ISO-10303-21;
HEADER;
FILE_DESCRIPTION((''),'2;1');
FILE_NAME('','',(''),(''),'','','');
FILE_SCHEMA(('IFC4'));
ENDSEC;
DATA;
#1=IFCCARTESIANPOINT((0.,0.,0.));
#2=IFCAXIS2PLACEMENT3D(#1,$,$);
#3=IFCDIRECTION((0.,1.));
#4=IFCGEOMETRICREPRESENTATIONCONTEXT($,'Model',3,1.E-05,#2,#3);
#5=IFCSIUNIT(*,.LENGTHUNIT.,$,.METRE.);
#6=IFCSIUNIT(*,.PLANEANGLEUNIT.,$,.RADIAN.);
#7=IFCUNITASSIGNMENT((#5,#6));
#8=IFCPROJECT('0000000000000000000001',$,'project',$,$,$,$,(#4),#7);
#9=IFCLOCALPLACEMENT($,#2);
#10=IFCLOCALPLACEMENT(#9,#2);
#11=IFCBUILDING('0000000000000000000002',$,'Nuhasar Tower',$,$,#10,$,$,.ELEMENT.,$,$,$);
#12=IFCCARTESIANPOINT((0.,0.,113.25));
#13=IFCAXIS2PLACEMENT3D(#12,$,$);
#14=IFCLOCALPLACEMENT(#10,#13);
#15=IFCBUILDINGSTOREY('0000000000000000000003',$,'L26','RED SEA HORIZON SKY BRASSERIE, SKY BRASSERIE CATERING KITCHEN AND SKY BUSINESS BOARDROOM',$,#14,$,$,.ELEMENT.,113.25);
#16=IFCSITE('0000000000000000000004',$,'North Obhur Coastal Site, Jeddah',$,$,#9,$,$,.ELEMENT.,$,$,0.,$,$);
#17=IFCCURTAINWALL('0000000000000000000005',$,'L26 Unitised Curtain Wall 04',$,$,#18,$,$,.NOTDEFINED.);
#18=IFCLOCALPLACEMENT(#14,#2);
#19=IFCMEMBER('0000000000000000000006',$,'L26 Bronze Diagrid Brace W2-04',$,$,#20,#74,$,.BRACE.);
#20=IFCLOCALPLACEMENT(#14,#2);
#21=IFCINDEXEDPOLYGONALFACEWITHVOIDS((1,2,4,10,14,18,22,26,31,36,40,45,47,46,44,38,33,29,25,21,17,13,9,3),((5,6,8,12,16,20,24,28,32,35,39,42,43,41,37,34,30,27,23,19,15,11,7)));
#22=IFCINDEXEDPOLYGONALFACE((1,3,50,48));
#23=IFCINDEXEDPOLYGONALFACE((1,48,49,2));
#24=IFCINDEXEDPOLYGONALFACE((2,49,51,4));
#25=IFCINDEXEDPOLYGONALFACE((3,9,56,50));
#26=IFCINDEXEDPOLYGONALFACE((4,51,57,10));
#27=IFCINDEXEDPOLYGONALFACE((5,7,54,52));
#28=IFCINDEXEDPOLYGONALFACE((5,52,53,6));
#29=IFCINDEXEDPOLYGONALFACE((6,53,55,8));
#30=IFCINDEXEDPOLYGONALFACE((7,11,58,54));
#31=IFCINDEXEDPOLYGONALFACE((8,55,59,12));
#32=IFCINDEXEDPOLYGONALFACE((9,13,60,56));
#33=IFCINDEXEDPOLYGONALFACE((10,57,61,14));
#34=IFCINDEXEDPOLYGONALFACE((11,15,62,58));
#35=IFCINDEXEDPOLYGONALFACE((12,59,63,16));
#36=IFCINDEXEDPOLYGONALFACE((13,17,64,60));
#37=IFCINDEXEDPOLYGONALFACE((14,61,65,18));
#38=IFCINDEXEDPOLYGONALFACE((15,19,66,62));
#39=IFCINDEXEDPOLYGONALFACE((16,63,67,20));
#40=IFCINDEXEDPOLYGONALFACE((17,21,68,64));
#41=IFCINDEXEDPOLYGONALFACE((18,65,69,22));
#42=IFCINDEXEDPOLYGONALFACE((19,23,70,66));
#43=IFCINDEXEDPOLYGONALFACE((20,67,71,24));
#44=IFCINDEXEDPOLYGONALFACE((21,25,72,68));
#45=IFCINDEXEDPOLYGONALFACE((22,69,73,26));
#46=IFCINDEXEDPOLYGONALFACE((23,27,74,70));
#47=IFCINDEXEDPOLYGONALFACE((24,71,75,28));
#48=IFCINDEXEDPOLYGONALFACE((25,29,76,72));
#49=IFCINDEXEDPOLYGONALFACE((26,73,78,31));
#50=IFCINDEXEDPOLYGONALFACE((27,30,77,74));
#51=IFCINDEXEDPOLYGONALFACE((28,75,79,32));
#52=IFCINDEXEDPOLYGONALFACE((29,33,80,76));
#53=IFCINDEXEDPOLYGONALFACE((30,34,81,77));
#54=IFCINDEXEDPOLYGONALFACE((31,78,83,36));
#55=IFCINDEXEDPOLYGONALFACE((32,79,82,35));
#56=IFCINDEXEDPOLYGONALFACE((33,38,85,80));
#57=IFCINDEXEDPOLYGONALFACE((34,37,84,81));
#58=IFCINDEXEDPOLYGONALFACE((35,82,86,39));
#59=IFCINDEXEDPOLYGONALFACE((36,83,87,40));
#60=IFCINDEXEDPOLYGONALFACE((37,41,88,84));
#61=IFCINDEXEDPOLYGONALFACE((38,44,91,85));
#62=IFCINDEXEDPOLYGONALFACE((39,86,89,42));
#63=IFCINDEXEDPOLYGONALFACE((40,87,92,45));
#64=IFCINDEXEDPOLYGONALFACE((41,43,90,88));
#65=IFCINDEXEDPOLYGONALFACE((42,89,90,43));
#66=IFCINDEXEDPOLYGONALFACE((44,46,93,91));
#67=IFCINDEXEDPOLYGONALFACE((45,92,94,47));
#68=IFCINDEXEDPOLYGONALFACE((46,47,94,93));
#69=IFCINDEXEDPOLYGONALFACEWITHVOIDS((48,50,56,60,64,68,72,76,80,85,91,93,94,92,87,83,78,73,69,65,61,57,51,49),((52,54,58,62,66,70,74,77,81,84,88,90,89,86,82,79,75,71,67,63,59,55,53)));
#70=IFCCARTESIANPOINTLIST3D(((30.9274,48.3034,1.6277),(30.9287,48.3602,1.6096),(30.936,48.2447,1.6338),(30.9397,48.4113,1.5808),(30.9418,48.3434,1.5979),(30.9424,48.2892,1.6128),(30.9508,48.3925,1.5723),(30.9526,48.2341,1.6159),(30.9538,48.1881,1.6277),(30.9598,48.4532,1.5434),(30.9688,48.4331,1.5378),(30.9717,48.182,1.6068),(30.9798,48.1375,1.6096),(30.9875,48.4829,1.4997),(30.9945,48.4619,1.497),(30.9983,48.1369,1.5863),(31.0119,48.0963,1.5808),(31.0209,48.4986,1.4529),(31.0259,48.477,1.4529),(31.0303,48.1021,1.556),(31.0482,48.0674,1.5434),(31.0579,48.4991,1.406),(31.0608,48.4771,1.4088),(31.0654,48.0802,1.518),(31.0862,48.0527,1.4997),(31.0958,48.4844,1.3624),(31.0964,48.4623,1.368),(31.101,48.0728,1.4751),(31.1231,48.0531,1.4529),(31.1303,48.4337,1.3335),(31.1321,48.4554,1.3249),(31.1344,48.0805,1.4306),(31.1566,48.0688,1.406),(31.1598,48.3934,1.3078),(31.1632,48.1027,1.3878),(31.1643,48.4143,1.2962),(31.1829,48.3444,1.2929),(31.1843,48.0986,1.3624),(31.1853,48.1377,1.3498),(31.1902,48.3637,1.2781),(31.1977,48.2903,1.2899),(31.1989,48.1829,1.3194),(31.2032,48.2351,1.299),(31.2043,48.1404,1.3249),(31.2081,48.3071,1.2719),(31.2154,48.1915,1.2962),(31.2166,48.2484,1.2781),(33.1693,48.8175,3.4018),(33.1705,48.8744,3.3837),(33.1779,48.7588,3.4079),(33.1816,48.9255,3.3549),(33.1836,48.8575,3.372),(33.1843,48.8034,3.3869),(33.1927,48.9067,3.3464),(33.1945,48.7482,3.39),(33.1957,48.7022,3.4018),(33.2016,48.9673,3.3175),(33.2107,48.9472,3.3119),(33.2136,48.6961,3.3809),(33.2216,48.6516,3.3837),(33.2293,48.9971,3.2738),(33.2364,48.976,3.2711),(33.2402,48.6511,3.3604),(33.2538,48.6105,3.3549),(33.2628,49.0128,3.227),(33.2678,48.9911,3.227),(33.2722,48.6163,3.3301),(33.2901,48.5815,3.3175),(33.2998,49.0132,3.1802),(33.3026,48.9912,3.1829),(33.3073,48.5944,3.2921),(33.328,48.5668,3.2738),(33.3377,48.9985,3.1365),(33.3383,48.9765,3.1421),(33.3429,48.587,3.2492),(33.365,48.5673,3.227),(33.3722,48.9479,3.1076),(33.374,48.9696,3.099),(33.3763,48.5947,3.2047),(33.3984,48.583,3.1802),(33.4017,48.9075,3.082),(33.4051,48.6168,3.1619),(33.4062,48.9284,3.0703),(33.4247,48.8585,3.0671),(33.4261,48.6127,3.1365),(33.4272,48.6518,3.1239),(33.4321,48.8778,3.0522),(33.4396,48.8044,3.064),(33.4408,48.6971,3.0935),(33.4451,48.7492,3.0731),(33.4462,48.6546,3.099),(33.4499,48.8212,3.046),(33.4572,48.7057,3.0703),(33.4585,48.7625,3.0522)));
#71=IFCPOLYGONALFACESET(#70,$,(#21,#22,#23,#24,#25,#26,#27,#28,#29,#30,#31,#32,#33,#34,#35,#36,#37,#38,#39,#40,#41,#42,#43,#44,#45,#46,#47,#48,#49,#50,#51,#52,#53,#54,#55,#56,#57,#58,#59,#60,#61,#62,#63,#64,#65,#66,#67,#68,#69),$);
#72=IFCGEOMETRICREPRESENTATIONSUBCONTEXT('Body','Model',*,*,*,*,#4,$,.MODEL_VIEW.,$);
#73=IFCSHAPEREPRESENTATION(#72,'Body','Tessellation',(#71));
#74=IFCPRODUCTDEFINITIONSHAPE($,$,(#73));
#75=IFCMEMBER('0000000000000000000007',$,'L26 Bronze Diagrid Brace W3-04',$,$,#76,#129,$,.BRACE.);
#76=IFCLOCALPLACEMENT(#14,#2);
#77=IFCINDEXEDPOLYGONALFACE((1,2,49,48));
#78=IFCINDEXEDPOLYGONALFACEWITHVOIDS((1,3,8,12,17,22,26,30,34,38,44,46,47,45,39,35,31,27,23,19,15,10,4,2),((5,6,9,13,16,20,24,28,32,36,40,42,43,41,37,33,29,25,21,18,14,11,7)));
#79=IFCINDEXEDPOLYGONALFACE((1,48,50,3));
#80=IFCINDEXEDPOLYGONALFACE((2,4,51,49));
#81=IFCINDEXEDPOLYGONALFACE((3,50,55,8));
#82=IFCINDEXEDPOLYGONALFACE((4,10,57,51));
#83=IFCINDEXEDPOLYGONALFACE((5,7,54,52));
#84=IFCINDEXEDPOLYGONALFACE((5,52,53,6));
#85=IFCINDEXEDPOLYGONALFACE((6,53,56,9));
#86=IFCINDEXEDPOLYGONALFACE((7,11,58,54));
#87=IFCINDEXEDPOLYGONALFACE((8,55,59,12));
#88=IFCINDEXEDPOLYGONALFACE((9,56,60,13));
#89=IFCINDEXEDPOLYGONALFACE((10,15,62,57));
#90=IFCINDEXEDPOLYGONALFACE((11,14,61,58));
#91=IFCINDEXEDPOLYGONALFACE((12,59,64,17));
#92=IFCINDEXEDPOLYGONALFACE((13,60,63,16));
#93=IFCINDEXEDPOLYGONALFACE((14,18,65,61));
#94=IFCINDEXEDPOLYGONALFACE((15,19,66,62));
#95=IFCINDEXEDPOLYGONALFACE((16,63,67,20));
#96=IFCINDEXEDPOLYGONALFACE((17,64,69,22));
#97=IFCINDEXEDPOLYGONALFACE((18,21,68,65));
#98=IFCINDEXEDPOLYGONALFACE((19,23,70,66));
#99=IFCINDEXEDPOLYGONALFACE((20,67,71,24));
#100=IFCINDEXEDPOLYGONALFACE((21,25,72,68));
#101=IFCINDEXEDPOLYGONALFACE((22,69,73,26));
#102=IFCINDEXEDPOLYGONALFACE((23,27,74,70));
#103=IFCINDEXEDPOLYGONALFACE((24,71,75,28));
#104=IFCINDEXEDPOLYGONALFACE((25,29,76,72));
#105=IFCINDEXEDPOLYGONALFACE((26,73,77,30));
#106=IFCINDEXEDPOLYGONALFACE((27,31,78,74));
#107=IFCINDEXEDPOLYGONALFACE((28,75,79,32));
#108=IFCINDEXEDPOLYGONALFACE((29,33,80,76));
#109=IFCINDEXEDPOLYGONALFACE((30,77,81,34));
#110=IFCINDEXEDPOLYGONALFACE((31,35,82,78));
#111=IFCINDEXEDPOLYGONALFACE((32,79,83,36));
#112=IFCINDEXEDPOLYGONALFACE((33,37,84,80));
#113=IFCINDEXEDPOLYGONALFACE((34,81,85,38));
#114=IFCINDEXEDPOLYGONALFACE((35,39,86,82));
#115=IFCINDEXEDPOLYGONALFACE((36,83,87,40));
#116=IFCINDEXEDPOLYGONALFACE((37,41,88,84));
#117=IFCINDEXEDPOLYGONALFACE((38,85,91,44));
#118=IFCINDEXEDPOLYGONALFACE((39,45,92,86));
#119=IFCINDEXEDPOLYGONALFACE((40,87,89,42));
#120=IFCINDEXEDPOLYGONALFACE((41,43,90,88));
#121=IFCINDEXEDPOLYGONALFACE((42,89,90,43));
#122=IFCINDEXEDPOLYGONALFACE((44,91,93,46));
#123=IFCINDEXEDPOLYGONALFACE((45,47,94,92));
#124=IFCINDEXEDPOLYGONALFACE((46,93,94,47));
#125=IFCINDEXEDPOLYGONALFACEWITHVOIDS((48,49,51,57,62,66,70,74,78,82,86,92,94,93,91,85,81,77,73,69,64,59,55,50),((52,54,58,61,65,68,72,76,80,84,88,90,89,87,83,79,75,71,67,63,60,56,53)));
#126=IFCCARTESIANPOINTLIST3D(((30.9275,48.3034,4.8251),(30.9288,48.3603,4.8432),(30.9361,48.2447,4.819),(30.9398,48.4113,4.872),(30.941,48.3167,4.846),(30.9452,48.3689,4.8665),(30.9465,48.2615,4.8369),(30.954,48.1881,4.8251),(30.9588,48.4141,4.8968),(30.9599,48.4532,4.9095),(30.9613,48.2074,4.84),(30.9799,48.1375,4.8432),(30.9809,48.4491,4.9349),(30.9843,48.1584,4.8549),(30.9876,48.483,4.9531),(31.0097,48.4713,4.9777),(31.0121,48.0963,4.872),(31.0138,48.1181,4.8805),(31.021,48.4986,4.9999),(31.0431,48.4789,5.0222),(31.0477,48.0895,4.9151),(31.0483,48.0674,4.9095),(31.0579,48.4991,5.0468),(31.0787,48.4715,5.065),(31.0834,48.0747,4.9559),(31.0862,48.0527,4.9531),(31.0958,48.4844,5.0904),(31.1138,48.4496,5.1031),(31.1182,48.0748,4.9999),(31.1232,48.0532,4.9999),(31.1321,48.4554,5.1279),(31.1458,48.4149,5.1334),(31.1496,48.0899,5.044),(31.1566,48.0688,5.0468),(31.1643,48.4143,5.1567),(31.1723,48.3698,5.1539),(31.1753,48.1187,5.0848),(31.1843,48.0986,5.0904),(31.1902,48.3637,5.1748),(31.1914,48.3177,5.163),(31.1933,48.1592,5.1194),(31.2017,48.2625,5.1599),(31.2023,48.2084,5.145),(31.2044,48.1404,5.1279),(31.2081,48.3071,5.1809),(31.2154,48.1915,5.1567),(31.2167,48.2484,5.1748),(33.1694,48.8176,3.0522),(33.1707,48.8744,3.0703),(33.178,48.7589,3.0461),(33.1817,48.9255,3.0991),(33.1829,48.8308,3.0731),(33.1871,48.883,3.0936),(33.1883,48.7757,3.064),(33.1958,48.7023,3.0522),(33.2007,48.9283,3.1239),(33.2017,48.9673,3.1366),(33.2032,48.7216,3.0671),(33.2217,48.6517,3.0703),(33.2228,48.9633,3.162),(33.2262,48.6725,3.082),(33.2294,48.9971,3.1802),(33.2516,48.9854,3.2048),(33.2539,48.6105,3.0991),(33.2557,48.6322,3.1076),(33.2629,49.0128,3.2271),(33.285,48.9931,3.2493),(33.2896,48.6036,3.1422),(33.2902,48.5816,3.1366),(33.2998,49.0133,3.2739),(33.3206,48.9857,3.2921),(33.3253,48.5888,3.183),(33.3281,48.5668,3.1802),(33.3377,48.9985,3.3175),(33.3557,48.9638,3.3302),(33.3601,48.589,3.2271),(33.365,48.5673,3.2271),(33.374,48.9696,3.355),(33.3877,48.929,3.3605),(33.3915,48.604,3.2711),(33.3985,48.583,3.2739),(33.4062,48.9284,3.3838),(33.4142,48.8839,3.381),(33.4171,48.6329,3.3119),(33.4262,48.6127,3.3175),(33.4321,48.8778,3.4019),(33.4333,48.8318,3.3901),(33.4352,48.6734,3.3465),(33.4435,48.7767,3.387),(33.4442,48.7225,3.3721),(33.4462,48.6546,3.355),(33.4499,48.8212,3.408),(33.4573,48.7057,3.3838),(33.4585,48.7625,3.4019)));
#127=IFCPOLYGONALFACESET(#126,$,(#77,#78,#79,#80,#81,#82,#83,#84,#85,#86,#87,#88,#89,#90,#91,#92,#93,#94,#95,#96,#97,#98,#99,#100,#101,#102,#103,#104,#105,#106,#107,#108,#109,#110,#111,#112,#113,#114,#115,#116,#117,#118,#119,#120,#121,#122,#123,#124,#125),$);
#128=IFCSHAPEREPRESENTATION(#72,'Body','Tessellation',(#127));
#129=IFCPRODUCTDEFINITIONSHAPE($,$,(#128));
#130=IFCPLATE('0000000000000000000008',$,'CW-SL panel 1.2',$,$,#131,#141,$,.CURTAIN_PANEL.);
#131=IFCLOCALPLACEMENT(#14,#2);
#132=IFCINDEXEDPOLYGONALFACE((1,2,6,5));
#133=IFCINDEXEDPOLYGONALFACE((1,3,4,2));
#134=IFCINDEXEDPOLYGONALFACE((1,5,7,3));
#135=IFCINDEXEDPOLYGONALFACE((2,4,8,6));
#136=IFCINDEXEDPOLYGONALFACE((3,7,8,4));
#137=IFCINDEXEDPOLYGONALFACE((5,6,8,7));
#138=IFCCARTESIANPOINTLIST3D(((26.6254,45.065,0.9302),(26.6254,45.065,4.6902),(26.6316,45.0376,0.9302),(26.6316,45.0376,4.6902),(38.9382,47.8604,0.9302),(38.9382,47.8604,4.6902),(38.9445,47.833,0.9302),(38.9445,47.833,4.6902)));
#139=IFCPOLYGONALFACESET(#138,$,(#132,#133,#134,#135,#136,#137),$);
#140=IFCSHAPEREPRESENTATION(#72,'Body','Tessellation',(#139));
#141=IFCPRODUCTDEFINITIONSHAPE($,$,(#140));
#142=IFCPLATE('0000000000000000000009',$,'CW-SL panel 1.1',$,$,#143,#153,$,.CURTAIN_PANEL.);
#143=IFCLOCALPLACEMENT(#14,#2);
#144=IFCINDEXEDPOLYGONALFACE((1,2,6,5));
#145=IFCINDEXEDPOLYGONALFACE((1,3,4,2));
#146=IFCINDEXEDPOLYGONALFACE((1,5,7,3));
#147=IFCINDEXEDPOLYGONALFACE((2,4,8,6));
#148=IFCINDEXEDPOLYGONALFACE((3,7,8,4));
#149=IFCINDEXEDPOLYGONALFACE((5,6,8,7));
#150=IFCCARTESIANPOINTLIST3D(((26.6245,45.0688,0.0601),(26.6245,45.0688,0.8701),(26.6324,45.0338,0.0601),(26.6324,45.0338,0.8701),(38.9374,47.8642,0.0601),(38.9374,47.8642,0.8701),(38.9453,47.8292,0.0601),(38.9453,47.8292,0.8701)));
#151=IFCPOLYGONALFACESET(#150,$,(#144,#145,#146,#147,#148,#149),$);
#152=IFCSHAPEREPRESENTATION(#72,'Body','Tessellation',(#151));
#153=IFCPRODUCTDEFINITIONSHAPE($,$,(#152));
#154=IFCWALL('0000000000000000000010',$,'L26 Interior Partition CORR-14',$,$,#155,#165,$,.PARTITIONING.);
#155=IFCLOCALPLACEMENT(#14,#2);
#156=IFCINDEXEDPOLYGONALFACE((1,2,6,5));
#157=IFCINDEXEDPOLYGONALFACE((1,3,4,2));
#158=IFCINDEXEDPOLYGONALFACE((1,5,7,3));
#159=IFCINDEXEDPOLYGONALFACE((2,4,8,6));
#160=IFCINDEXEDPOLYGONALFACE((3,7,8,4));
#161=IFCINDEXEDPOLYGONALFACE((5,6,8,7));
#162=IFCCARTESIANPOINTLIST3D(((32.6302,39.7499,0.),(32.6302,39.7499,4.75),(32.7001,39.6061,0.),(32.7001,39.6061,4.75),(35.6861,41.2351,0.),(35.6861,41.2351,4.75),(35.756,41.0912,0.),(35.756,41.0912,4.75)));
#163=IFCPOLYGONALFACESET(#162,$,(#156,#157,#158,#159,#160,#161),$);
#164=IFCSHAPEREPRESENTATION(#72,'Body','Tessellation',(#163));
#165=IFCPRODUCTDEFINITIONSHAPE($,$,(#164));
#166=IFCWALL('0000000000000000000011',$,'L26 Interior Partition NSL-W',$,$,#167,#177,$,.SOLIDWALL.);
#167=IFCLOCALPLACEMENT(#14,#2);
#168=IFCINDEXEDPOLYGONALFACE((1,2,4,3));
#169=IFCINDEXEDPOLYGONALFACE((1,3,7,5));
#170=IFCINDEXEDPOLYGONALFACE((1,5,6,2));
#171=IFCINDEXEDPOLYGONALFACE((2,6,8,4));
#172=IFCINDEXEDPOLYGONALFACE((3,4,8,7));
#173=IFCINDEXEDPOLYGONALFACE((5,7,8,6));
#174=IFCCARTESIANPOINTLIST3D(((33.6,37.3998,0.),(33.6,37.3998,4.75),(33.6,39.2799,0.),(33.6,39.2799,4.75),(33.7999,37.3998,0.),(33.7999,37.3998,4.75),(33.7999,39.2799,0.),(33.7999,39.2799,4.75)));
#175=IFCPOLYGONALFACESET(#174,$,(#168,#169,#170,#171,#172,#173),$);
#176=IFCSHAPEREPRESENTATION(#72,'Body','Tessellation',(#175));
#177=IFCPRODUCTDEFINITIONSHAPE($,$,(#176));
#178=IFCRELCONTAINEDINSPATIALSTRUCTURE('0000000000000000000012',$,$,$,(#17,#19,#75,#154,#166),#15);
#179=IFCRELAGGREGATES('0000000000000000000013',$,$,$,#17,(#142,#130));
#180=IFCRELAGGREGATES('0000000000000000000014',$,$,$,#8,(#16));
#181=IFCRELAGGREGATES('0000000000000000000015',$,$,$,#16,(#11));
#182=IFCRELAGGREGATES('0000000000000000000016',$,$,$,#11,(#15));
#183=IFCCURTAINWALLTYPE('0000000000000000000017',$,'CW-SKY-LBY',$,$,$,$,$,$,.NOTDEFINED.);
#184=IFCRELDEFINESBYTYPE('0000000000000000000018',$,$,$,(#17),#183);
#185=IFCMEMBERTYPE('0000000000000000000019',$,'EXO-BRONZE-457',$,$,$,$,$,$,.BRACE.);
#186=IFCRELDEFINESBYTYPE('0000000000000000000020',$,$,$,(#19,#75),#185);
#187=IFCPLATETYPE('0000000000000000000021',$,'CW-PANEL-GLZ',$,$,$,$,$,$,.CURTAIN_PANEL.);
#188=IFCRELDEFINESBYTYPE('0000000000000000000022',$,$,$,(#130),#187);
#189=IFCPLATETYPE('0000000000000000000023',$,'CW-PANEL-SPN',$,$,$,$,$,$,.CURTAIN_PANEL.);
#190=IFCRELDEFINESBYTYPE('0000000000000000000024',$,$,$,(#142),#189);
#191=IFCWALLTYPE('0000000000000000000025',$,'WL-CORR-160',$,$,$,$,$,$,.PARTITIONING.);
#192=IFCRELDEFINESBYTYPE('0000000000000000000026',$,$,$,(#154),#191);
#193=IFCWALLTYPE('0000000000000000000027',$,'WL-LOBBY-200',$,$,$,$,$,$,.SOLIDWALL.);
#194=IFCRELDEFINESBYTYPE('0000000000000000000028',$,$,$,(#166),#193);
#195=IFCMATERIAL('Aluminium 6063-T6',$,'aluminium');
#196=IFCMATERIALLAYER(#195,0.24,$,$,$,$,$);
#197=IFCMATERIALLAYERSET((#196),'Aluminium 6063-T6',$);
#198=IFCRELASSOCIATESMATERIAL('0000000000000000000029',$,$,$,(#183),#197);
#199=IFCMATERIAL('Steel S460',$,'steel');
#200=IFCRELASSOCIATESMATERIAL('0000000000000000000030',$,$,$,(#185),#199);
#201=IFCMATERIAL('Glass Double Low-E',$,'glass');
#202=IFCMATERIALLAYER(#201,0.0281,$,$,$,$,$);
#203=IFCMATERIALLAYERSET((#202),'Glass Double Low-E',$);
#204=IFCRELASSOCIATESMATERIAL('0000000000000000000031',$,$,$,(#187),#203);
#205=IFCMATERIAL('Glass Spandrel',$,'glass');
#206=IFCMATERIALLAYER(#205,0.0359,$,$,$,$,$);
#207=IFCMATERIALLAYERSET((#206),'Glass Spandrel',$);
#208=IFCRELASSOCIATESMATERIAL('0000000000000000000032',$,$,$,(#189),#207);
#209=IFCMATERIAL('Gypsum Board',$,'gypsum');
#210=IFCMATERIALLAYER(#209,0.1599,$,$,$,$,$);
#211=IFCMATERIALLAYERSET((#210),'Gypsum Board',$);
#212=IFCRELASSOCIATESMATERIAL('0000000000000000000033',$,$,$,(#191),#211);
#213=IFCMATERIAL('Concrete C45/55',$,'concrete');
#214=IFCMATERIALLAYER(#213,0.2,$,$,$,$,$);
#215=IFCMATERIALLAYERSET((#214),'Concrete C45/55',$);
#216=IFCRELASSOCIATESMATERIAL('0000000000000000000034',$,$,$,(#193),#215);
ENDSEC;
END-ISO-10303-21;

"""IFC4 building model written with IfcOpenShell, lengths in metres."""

from ifc_helpers import new_model, si_unit, direction, frame, frame_2d, origin, origin_2d, place, context, subcontext, project, spatial, rectangle, hollow_circle, extrude, material, layer, layer_set, material_profile, profile_set, type_object, element, aggregate, save


model = new_model("IFC4")

# Units and contexts
model_context = context("Model", 3, precision=1e-05, world=origin(), true_north=direction((0.0, 1.0)))
body_context = subcontext(model_context, "Body", "Model", "MODEL_VIEW")
ifc_project = project(units=[si_unit("LENGTHUNIT", "METRE"), si_unit("PLANEANGLEUNIT", "RADIAN")], contexts=[model_context])

# Site, building, storey
site_placement = place(None, origin())
site = spatial("IfcSite", under=ifc_project, at=site_placement, Name="North Obhur Coastal Site, Jeddah", CompositionType="ELEMENT", RefElevation=0.0)
building_placement = place(site_placement, origin())
building = spatial("IfcBuilding", under=site, at=building_placement, Name="Nuhasar Tower", CompositionType="ELEMENT")
storey_placement = place(building_placement, frame((0.0, 0.0, 113.25)))
storey = spatial("IfcBuildingStorey", under=building, at=storey_placement, Name="L26", Description="RED SEA HORIZON SKY BRASSERIE, SKY BRASSERIE CATERING KITCHEN AND SKY BUSINESS BOARDROOM", CompositionType="ELEMENT", Elevation=113.25)

# Shared definitions
ifc_material_1 = material(Name="Steel S460", Category="steel")

# Curtain wall
ifc_material_2 = material(Name="Aluminium 6063-T6", Category="aluminium")
ifc_layer_1 = layer(ifc_material_2, 0.24)
ifc_layer_set_1 = layer_set([ifc_layer_1], Name="Aluminium 6063-T6")
curtain_wall_type = type_object("IfcCurtainWallType", Name="CW-SKY-LBY", PredefinedType="NOTDEFINED", material=ifc_layer_set_1)
curtain_wall_placement = place(storey_placement, origin())
curtain_wall = element("IfcCurtainWall", 1, at=curtain_wall_placement, inside=storey, type_object=curtain_wall_type, Name="L26 Unitised Curtain Wall 04", PredefinedType="NOTDEFINED")

# Members
ifc_material_profile_1 = material_profile(ifc_material_1, hollow_circle(Radius=0.2285, WallThickness=0.0222, at=origin_2d()), Name="HSS457X22.2")
ifc_profile_set_1 = profile_set([ifc_material_profile_1], Name="Steel S460")
member_type_1 = type_object("IfcMemberType", Name="EXO-BRONZE-457", PredefinedType="BRACE", material=ifc_profile_set_1)
member_1_placement = place(storey_placement, frame((31.072, 48.2759, 1.4529), z_axis=(0.771784, 0.176999, 0.610754), x_axis=(-0.223534, 0.974696, 0.0)))
element("IfcMember", 2, at=member_1_placement, inside=storey, type_object=member_type_1, Name="L26 Bronze Diagrid Brace W2-04", PredefinedType="BRACE", context=body_context, shape_type="SweptSolid", body=[
    extrude(hollow_circle(Radius=0.2285, WallThickness=0.0222, at=origin_2d()), origin(), (0.0, 0.0, 1.0), 2.9048),
])
member_2_placement = place(storey_placement, frame((33.314, 48.79, 3.2271), z_axis=(-0.771982, -0.177044, 0.610491), x_axis=(0.223534, -0.974696, 0.0)))
element("IfcMember", 3, at=member_2_placement, inside=storey, type_object=member_type_1, Name="L26 Bronze Diagrid Brace W3-04", PredefinedType="BRACE", context=body_context, shape_type="SweptSolid", body=[
    extrude(hollow_circle(Radius=0.2285, WallThickness=0.0222, at=origin_2d()), origin(), (0.0, 0.0, 1.0), 2.9041),
])

# Plates
ifc_material_3 = material(Name="Glass Double Low-E", Category="glass")
ifc_layer_2 = layer(ifc_material_3, 0.0281)
ifc_layer_set_2 = layer_set([ifc_layer_2], Name="Glass Double Low-E")
plate_type_1 = type_object("IfcPlateType", Name="CW-PANEL-GLZ", PredefinedType="CURTAIN_PANEL", material=ifc_layer_set_2)
plate_1_placement = place(storey_placement, frame((32.7849, 46.449, 0.9302), z_axis=(0.0, 0.0, 1.0), x_axis=(-0.975184, -0.221397, 0.0)))
plate_1 = element("IfcPlate", 4, at=plate_1_placement, type_object=plate_type_1, Name="CW-SL panel 1.2", PredefinedType="CURTAIN_PANEL", context=body_context, shape_type="SweptSolid", body=[
    extrude(rectangle(XDim=12.6262, YDim=0.0281, at=origin_2d()), origin(), (0.0, 0.0, 1.0), 3.76),
])
ifc_material_4 = material(Name="Glass Spandrel", Category="glass")
ifc_layer_3 = layer(ifc_material_4, 0.0359)
ifc_layer_set_3 = layer_set([ifc_layer_3], Name="Glass Spandrel")
plate_type_2 = type_object("IfcPlateType", Name="CW-PANEL-SPN", PredefinedType="CURTAIN_PANEL", material=ifc_layer_set_3)
plate_2_placement = place(storey_placement, frame((32.7849, 46.449, 0.0601), z_axis=(0.0, 0.0, 1.0), x_axis=(-0.975184, -0.221397, 0.0)))
plate_2 = element("IfcPlate", 5, at=plate_2_placement, type_object=plate_type_2, Name="CW-SL panel 1.1", PredefinedType="CURTAIN_PANEL", context=body_context, shape_type="SweptSolid", body=[
    extrude(rectangle(XDim=12.6262, YDim=0.0359, at=origin_2d()), origin(), (0.0, 0.0, 1.0), 0.8101),
])
aggregate(curtain_wall, [plate_2, plate_1])

# Walls
ifc_material_5 = material(Name="Gypsum Board", Category="gypsum")
ifc_layer_4 = layer(ifc_material_5, 0.1599)
ifc_layer_set_4 = layer_set([ifc_layer_4], Name="Gypsum Board")
wall_type_1 = type_object("IfcWallType", Name="WL-CORR-160", PredefinedType="PARTITIONING", material=ifc_layer_set_4)
wall_1_placement = place(storey_placement, frame((35.7209, 41.1631, 0.0), z_axis=(0.0, 0.0, 1.0), x_axis=(-0.899415, -0.437097, 0.0)))
element("IfcWall", 6, at=wall_1_placement, inside=storey, type_object=wall_type_1, Name="L26 Interior Partition CORR-14", PredefinedType="PARTITIONING", context=body_context, shape_type="SweptSolid", body=[
    extrude(rectangle(XDim=3.3977, YDim=0.1599, at=frame_2d((1.6987, 0.0))), origin(), (0.0, 0.0, 1.0), 4.75),
])
ifc_material_6 = material(Name="Concrete C45/55", Category="concrete")
ifc_layer_5 = layer(ifc_material_6, 0.2)
ifc_layer_set_5 = layer_set([ifc_layer_5], Name="Concrete C45/55")
wall_type_2 = type_object("IfcWallType", Name="WL-LOBBY-200", PredefinedType="SOLIDWALL", material=ifc_layer_set_5)
wall_2_placement = place(storey_placement, frame((33.7, 37.3999, 0.0), z_axis=(0.0, 0.0, 1.0), x_axis=(0.0, 1.0, 0.0)))
element("IfcWall", 7, at=wall_2_placement, inside=storey, type_object=wall_type_2, Name="L26 Interior Partition NSL-W", PredefinedType="SOLIDWALL", context=body_context, shape_type="SweptSolid", body=[
    extrude(rectangle(XDim=1.8801, YDim=0.2, at=frame_2d((0.9399, 0.0))), origin(), (0.0, 0.0, 1.0), 4.75),
])

save(model, "model.ifc")
